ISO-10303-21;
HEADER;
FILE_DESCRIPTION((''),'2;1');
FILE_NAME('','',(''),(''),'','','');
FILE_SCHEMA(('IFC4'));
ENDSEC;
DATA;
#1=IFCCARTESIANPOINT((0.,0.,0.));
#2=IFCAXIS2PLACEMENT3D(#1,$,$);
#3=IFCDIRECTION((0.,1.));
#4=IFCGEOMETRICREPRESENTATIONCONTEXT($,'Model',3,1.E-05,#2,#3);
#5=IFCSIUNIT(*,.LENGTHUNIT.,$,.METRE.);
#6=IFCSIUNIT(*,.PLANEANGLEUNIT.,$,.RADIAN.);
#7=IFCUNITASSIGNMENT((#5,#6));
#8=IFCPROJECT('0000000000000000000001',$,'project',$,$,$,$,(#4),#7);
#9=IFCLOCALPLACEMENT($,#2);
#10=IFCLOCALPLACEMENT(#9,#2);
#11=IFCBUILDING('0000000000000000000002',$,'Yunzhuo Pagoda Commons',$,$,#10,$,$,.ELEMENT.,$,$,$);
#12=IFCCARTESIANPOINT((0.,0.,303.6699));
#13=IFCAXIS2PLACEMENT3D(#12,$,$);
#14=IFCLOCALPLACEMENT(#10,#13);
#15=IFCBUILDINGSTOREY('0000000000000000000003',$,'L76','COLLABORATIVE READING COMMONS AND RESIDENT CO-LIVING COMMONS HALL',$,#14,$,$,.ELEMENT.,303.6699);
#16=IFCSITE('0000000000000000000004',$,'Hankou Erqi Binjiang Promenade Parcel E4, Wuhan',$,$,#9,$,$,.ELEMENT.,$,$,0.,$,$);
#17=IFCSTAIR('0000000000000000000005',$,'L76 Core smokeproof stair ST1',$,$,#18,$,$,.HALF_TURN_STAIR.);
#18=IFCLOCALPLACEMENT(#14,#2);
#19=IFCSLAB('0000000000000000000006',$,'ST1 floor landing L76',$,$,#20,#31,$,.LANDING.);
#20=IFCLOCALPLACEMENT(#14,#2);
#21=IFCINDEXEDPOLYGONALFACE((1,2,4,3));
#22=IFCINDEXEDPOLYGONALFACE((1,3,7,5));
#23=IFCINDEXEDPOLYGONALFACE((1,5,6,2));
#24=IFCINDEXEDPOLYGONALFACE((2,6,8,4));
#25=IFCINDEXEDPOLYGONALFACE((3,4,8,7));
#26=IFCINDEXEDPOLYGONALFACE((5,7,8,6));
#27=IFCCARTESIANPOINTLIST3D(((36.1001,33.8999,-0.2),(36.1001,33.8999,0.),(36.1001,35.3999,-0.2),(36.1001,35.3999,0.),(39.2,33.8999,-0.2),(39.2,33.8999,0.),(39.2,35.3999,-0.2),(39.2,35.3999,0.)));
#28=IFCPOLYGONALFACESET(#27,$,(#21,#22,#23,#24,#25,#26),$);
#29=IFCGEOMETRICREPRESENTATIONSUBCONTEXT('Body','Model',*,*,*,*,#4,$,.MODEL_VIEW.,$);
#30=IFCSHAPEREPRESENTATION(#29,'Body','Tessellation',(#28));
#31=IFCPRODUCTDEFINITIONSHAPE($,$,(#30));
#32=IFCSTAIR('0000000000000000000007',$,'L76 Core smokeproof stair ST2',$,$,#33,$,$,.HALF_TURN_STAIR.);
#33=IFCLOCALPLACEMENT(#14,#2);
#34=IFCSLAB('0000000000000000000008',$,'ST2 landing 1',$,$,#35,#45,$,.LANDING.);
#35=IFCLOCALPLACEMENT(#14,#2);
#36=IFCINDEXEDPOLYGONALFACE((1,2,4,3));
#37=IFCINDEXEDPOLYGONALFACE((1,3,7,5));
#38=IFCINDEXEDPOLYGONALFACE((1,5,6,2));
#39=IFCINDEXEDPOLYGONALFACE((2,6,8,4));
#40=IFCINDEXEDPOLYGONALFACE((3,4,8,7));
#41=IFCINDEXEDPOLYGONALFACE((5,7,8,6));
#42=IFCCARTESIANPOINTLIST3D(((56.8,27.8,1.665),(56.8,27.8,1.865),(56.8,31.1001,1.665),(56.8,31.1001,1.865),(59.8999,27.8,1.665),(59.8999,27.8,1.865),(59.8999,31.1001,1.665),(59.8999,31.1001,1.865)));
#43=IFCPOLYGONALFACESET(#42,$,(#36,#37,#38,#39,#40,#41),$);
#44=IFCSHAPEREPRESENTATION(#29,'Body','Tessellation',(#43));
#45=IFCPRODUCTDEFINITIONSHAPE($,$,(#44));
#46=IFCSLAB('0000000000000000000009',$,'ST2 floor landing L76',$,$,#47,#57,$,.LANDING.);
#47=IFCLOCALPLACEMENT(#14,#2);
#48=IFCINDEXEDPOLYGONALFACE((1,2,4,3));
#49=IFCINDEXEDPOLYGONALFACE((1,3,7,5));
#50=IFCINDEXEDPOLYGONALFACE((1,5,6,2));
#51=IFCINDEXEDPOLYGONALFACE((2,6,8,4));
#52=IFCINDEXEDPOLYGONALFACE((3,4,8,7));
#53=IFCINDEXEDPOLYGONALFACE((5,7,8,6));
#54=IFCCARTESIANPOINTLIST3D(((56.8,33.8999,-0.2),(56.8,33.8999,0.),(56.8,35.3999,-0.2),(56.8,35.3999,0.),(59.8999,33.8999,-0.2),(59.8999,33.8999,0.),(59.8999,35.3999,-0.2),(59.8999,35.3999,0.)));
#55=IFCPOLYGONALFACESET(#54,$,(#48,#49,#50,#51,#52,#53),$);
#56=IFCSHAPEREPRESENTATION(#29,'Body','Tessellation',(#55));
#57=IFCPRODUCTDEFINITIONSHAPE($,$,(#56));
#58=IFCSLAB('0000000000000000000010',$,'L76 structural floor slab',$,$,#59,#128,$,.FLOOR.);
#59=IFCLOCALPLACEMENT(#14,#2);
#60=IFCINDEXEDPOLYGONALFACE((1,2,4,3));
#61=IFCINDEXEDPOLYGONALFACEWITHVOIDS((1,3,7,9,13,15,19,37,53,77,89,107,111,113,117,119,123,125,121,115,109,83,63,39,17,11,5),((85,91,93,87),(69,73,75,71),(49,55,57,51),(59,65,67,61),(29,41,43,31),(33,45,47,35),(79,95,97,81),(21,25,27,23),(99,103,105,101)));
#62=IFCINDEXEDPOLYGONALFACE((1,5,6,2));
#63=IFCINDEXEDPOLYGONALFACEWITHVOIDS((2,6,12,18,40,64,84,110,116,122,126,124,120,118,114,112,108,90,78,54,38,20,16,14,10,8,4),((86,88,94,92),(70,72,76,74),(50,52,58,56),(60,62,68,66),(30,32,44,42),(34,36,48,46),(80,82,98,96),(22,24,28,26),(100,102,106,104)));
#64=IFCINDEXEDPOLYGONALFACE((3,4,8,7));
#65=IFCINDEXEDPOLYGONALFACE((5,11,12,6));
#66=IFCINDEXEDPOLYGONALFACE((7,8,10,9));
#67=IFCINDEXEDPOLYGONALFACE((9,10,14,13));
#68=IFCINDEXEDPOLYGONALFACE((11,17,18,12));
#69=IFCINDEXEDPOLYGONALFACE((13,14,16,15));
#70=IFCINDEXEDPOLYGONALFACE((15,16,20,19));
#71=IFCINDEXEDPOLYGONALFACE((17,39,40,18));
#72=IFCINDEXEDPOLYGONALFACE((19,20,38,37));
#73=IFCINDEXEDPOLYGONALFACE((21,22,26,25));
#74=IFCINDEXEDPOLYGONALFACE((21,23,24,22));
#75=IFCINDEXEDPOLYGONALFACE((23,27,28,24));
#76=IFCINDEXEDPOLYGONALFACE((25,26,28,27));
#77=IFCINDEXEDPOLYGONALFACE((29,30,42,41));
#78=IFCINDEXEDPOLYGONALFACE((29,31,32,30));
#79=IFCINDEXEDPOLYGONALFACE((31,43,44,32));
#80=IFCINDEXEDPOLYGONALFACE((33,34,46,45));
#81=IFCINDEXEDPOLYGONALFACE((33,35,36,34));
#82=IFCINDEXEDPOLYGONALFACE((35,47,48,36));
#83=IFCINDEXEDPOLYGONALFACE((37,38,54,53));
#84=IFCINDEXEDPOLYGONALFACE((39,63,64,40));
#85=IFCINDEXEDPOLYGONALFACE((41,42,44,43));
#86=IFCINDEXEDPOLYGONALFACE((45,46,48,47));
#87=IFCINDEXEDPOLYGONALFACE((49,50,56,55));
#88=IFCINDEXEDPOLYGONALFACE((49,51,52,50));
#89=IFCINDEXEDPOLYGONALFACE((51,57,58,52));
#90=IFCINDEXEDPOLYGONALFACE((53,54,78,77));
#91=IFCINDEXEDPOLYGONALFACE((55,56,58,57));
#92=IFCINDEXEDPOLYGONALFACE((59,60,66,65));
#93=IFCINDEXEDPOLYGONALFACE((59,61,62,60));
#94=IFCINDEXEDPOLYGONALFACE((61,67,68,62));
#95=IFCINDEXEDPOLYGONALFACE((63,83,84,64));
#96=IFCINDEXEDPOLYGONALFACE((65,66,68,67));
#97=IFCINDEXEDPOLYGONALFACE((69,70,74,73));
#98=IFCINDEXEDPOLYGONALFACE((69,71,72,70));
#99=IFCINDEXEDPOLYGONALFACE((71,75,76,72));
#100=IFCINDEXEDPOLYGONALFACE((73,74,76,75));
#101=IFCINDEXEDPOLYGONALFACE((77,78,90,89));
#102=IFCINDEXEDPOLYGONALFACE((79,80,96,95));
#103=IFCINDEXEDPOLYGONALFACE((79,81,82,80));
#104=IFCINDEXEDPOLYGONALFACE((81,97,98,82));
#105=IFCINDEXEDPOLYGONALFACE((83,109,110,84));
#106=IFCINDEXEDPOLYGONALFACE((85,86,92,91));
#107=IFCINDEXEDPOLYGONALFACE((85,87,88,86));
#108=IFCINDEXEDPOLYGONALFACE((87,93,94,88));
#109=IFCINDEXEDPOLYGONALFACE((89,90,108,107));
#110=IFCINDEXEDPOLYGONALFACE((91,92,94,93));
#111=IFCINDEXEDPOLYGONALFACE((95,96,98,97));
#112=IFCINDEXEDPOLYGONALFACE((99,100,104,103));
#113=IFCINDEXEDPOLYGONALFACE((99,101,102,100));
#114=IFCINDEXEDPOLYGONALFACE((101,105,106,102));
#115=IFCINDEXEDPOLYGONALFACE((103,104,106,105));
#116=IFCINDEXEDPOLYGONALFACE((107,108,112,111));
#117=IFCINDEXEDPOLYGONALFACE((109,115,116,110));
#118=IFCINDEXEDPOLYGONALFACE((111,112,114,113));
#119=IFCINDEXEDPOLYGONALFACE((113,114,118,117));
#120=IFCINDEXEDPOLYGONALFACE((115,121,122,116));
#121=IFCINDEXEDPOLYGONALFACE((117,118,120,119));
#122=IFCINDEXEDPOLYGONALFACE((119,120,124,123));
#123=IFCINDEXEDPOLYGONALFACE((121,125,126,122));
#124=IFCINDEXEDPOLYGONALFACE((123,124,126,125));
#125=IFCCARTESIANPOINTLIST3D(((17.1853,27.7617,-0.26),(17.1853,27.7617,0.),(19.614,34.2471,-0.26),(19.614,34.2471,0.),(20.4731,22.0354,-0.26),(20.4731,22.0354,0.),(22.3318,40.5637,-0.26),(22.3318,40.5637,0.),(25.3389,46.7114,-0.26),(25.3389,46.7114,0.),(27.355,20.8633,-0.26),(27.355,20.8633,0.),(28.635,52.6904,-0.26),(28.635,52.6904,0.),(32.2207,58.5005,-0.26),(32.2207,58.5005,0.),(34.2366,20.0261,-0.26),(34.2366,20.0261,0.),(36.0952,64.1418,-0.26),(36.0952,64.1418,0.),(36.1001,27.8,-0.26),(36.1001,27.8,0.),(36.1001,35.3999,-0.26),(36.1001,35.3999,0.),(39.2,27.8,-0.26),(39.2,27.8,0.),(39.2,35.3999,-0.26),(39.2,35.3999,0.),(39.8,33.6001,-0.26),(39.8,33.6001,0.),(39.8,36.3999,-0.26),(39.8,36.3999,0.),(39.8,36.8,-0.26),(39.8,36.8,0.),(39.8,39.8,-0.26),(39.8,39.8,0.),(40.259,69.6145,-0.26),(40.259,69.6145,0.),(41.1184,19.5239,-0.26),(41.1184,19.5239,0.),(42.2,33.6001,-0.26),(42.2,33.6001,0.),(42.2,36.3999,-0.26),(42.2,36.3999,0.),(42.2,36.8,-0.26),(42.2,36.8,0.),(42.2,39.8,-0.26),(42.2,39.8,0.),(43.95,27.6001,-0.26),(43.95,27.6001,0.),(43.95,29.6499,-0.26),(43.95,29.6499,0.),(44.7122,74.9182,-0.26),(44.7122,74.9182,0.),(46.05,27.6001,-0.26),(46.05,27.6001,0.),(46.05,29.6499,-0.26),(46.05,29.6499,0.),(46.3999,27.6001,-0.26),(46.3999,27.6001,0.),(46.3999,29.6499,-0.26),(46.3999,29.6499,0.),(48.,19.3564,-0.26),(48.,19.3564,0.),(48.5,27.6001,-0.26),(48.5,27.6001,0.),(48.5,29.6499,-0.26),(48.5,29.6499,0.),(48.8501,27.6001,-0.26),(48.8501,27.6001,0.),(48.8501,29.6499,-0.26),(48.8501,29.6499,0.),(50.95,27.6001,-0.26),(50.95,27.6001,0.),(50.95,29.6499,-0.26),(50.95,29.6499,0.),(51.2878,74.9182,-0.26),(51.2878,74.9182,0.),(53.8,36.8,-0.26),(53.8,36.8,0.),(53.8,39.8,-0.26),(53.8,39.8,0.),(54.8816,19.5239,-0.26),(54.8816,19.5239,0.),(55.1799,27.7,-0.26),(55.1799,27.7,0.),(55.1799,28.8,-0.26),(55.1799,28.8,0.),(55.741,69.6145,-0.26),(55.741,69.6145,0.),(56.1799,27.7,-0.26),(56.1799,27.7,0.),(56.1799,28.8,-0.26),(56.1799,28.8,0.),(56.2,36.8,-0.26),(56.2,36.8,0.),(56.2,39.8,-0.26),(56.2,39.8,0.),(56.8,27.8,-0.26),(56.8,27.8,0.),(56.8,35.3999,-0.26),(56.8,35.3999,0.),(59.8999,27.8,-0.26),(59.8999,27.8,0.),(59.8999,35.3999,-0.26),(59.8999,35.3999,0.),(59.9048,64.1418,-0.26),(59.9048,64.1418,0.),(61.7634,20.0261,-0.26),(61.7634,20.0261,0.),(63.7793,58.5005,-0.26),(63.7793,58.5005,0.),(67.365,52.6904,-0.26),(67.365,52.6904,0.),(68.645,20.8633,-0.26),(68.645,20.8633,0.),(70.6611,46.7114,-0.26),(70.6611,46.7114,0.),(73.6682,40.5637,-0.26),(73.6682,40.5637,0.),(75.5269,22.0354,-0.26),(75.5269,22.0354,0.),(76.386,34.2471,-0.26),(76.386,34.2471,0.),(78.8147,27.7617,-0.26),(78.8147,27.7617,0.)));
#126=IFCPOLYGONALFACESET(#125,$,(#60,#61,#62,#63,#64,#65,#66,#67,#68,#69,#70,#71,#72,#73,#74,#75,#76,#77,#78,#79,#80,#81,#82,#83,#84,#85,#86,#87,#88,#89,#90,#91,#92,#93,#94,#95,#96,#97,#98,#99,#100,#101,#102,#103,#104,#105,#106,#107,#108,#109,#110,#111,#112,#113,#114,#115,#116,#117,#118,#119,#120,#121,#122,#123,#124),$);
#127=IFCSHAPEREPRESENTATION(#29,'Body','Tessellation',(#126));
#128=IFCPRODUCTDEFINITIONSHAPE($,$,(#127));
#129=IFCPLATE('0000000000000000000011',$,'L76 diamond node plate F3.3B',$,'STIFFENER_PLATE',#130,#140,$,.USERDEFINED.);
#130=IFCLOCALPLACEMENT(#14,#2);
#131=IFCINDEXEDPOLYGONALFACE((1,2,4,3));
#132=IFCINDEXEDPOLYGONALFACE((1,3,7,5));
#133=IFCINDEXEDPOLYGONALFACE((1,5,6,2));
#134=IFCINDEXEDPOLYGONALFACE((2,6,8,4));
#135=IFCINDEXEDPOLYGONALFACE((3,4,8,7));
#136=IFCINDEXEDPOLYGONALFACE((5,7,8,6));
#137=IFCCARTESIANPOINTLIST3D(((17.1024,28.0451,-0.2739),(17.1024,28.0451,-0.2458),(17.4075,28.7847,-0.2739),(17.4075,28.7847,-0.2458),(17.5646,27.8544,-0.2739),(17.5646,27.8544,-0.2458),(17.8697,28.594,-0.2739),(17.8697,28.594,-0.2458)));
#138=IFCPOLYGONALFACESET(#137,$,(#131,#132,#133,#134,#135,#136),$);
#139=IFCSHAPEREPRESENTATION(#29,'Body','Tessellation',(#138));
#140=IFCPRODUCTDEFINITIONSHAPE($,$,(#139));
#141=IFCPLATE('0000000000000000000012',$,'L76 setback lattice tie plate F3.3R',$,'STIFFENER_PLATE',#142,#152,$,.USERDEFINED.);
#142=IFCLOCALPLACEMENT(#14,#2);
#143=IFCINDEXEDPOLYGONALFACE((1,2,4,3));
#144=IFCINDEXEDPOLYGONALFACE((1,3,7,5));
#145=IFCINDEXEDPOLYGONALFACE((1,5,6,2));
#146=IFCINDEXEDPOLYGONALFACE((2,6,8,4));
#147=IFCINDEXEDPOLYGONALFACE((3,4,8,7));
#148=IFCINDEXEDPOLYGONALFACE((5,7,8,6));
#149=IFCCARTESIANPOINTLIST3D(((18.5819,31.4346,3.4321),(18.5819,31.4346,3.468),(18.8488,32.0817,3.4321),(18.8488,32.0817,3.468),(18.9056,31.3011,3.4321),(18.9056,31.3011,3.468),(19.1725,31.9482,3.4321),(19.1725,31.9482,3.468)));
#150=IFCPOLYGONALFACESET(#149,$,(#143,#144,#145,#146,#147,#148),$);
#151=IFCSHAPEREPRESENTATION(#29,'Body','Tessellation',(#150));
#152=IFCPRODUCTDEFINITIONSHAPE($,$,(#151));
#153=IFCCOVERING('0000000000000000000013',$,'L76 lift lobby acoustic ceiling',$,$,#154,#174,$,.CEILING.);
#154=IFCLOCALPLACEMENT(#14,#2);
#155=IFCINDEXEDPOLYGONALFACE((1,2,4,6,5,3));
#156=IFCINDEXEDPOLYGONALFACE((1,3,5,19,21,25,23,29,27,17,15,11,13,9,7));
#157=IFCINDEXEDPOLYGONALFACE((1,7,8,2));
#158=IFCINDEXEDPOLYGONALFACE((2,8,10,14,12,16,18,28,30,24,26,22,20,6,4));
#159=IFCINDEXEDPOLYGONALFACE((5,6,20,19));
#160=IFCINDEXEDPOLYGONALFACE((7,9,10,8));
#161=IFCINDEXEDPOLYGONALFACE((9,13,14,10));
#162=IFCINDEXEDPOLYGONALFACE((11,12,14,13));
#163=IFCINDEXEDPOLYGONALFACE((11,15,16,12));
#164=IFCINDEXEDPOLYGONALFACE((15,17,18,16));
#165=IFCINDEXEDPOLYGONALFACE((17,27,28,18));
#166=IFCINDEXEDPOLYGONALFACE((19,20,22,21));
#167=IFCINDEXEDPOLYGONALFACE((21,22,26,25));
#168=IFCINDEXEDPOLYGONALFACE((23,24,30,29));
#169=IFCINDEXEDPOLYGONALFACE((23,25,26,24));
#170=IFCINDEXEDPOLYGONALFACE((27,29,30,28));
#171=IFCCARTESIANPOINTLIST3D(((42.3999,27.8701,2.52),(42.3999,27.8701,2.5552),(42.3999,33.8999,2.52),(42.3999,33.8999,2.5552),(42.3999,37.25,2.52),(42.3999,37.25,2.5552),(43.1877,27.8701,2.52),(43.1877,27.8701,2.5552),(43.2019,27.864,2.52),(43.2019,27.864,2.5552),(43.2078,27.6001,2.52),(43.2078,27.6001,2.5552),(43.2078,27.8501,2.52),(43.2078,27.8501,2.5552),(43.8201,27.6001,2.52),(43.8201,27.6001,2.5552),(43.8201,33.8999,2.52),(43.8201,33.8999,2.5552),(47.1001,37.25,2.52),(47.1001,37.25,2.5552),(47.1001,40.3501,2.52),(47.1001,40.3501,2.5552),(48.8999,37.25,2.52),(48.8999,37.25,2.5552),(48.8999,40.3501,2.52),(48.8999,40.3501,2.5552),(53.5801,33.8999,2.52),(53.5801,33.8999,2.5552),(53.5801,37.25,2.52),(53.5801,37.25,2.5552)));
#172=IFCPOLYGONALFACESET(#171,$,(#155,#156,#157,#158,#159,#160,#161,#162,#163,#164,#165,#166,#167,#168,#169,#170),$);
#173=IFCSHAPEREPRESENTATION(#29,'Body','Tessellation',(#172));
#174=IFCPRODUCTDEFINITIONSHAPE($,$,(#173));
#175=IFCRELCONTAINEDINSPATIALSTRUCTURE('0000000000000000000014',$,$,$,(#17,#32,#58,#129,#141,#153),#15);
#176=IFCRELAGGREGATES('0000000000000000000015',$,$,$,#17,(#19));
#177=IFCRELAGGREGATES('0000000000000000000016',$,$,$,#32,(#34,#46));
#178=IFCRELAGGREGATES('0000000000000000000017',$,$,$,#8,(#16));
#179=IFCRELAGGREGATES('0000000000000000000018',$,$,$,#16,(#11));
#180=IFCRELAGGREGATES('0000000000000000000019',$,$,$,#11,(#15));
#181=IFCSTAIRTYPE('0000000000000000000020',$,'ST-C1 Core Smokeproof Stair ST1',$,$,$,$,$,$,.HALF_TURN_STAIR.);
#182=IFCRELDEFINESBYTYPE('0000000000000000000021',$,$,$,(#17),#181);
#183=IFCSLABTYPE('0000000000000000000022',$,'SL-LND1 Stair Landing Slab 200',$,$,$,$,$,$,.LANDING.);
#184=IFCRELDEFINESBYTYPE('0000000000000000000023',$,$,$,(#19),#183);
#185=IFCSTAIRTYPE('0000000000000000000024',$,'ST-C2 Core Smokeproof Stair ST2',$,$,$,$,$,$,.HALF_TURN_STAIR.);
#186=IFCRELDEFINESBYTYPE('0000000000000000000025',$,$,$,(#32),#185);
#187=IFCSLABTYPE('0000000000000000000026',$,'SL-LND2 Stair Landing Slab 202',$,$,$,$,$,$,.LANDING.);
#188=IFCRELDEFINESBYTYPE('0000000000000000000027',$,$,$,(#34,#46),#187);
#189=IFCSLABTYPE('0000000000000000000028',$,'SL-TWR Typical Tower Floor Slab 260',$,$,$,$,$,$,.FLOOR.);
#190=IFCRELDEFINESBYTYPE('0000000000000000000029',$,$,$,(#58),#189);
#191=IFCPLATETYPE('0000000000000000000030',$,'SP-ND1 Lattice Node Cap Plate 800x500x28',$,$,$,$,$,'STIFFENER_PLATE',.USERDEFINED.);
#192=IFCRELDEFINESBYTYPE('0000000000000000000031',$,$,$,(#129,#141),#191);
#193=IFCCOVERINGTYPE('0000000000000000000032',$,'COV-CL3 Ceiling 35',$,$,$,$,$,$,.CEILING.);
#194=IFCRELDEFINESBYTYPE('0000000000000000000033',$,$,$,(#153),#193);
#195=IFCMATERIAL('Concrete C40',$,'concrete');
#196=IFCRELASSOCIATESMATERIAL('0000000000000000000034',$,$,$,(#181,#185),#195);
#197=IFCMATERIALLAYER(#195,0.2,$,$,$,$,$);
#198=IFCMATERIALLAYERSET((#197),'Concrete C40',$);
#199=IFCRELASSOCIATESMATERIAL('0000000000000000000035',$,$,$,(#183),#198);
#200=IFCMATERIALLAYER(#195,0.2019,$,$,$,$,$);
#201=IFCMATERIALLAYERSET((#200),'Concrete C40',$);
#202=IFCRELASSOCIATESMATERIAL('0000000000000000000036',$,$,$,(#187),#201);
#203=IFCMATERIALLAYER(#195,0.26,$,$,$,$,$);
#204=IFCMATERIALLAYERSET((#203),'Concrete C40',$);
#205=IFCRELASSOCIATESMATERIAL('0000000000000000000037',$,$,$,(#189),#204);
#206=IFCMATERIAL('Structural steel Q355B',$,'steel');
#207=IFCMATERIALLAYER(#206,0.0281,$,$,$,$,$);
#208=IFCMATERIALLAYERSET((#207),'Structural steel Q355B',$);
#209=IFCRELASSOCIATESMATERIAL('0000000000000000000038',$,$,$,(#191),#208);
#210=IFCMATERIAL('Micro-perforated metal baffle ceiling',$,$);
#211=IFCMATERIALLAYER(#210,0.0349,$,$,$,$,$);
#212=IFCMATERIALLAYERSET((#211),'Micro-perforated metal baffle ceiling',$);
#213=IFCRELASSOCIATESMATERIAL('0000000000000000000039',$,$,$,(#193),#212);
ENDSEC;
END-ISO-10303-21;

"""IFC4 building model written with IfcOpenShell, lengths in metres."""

from ifc_helpers import new_model, si_unit, direction, frame, origin, origin_2d, place, context, subcontext, project, spatial, polyline, rectangle, outline, extrude, source, transform, mapped, material, layer, layer_set, type_object, element, aggregate, save


model = new_model("IFC4")

# Units and contexts
model_context = context("Model", 3, precision=1e-05, world=origin(), true_north=direction((0.0, 1.0)))
body_context = subcontext(model_context, "Body", "Model", "MODEL_VIEW")
ifc_project = project(units=[si_unit("LENGTHUNIT", "METRE"), si_unit("PLANEANGLEUNIT", "RADIAN")], contexts=[model_context])

# Site, building, storey
site_placement = place(None, origin())
site = spatial("IfcSite", under=ifc_project, at=site_placement, Name="Hankou Erqi Binjiang Promenade Parcel E4, Wuhan", CompositionType="ELEMENT", RefElevation=0.0)
building_placement = place(site_placement, origin())
building = spatial("IfcBuilding", under=site, at=building_placement, Name="Yunzhuo Pagoda Commons", CompositionType="ELEMENT")
storey_placement = place(building_placement, frame((0.0, 0.0, 303.6699)))
storey = spatial("IfcBuildingStorey", under=building, at=storey_placement, Name="L76", Description="COLLABORATIVE READING COMMONS AND RESIDENT CO-LIVING COMMONS HALL", CompositionType="ELEMENT", Elevation=303.6699)

# Shared definitions
ifc_material_1 = material(Name="Structural steel Q355B", Category="steel")

# Shared definitions
ifc_material_2 = material(Name="Concrete C40", Category="concrete")

# Stairs, slabs
stair_type_1 = type_object("IfcStairType", Name="ST-C1 Core Smokeproof Stair ST1", PredefinedType="HALF_TURN_STAIR", material=ifc_material_2)
stair_1_placement = place(storey_placement, origin())
stair_1 = element("IfcStair", 1, at=stair_1_placement, inside=storey, type_object=stair_type_1, Name="L76 Core smokeproof stair ST1", PredefinedType="HALF_TURN_STAIR")
ifc_layer_1 = layer(ifc_material_2, 0.2)
ifc_layer_set_1 = layer_set([ifc_layer_1], Name="Concrete C40")
slab_type_1 = type_object("IfcSlabType", Name="SL-LND1 Stair Landing Slab 200", PredefinedType="LANDING", material=ifc_layer_set_1)
slab_1_placement = place(storey_placement, frame((0.0, 0.0, -0.2)))
slab_1 = element("IfcSlab", 2, at=slab_1_placement, type_object=slab_type_1, Name="ST1 floor landing L76", PredefinedType="LANDING", context=body_context, shape_type="SweptSolid", body=[
    extrude(outline(polyline([(36.1001, 35.3999), (36.1001, 33.8999), (39.2, 33.8999), (39.2, 35.3999), (36.1001, 35.3999)])), origin(), (0.0, 0.0, 1.0), 0.2),
])
aggregate(stair_1, [slab_1])
stair_type_2 = type_object("IfcStairType", Name="ST-C2 Core Smokeproof Stair ST2", PredefinedType="HALF_TURN_STAIR", material=ifc_material_2)
stair_2_placement = place(storey_placement, origin())
stair_2 = element("IfcStair", 3, at=stair_2_placement, inside=storey, type_object=stair_type_2, Name="L76 Core smokeproof stair ST2", PredefinedType="HALF_TURN_STAIR")
ifc_layer_2 = layer(ifc_material_2, 0.2019)
ifc_layer_set_2 = layer_set([ifc_layer_2], Name="Concrete C40")
slab_type_2 = type_object("IfcSlabType", Name="SL-LND2 Stair Landing Slab 202", PredefinedType="LANDING", material=ifc_layer_set_2)
slab_2_placement = place(storey_placement, frame((0.0, 0.0, 1.665)))
slab_2 = element("IfcSlab", 4, at=slab_2_placement, type_object=slab_type_2, Name="ST2 landing 1", PredefinedType="LANDING", context=body_context, shape_type="SweptSolid", body=[
    extrude(outline(polyline([(56.8, 31.1001), (56.8, 27.8), (59.8999, 27.8), (59.8999, 31.1001), (56.8, 31.1001)])), origin(), (0.0, 0.0, 1.0), 0.2),
])
slab_3_placement = place(storey_placement, frame((0.0, 0.0, -0.2)))
slab_3 = element("IfcSlab", 5, at=slab_3_placement, type_object=slab_type_2, Name="ST2 floor landing L76", PredefinedType="LANDING", context=body_context, shape_type="SweptSolid", body=[
    extrude(outline(polyline([(56.8, 35.3999), (56.8, 33.8999), (59.8999, 33.8999), (59.8999, 35.3999), (56.8, 35.3999)])), origin(), (0.0, 0.0, 1.0), 0.2),
])
aggregate(stair_2, [slab_2, slab_3])

# Slab
ifc_layer_3 = layer(ifc_material_2, 0.26)
ifc_layer_set_3 = layer_set([ifc_layer_3], Name="Concrete C40")
slab_type_3 = type_object("IfcSlabType", Name="SL-TWR Typical Tower Floor Slab 260", PredefinedType="FLOOR", material=ifc_layer_set_3)
slab_4_placement = place(storey_placement, frame((0.0, 0.0, -0.26)))
element("IfcSlab", 6, at=slab_4_placement, inside=storey, type_object=slab_type_3, Name="L76 structural floor slab", PredefinedType="FLOOR", context=body_context, shape_type="SweptSolid", body=[
    extrude(outline(polyline([(19.614, 34.2471), (22.3318, 40.5637), (25.3389, 46.7114), (28.635, 52.6904), (32.2207, 58.5005), (36.0952, 64.1418), (40.259, 69.6145), (44.7122, 74.9182), (51.2878, 74.9182), (55.741, 69.6145), (59.9048, 64.1418), (63.7793, 58.5005), (67.365, 52.6904), (70.6611, 46.7114), (73.6682, 40.5637), (76.386, 34.2471), (78.8147, 27.7617), (75.5269, 22.0354), (68.645, 20.8633), (61.7634, 20.0261), (54.8816, 19.5239), (48.0, 19.3564), (41.1184, 19.5239), (34.2366, 20.0261), (27.355, 20.8633), (20.4731, 22.0354), (17.1853, 27.7617), (19.614, 34.2471)]), holes=[polyline([(56.1799, 28.8), (55.1799, 28.8), (55.1799, 27.7), (56.1799, 27.7), (56.1799, 28.8)]), polyline([(46.05, 29.6499), (43.95, 29.6499), (43.95, 27.6001), (46.05, 27.6001), (46.05, 29.6499)]), polyline([(48.5, 29.6499), (46.3999, 29.6499), (46.3999, 27.6001), (48.5, 27.6001), (48.5, 29.6499)]), polyline([(50.95, 29.6499), (48.8501, 29.6499), (48.8501, 27.6001), (50.95, 27.6001), (50.95, 29.6499)]), polyline([(39.2, 27.8), (39.2, 35.3999), (36.1001, 35.3999), (36.1001, 27.8), (39.2, 27.8)]), polyline([(59.8999, 27.8), (59.8999, 35.3999), (56.8, 35.3999), (56.8, 27.8), (59.8999, 27.8)]), polyline([(42.2, 36.3999), (39.8, 36.3999), (39.8, 33.6001), (42.2, 33.6001), (42.2, 36.3999)]), polyline([(42.2, 36.8), (42.2, 39.8), (39.8, 39.8), (39.8, 36.8), (42.2, 36.8)]), polyline([(56.2, 36.8), (56.2, 39.8), (53.8, 39.8), (53.8, 36.8), (56.2, 36.8)])]), origin(), (0.0, 0.0, 1.0), 0.26),
])

# Plates
ifc_layer_4 = layer(ifc_material_1, 0.0281)
ifc_layer_set_4 = layer_set([ifc_layer_4], Name="Structural steel Q355B")
plate_type_1 = type_object("IfcPlateType", Name="SP-ND1 Lattice Node Cap Plate 800x500x28", ElementType="STIFFENER_PLATE", PredefinedType="USERDEFINED", material=ifc_layer_set_4)
shared_shape_1 = source(origin(), body_context, "Body", "SweptSolid", [
    extrude(rectangle(XDim=0.8, YDim=0.5, at=origin_2d()), origin(), (0.0, 0.0, 1.0), 0.0281),
])
plate_1_placement = place(storey_placement, frame((17.4861, 28.3196, -0.2739), z_axis=(0.0, 0.0, 1.0), x_axis=(-0.381345, -0.924433, 0.0)))
element("IfcPlate", 7, at=plate_1_placement, inside=storey, type_object=plate_type_1, Name="L76 diamond node plate F3.3B", ObjectType="STIFFENER_PLATE", PredefinedType="USERDEFINED", context=body_context, shape_type="MappedRepresentation", body=[
    mapped(shared_shape_1, transform((0.0, 0.0, 0.0), scale=1.0)),
])
shared_shape_2 = source(origin(), body_context, "Body", "SweptSolid", [
    extrude(rectangle(XDim=0.7, YDim=0.3501, at=origin_2d()), origin(), (0.0, 0.0, 1.0), 0.0359),
])
plate_2_placement = place(storey_placement, frame((18.8772, 31.6914, 3.4321), z_axis=(0.0, 0.0, 1.0), x_axis=(-0.381345, -0.924433, 0.0)))
element("IfcPlate", 8, at=plate_2_placement, inside=storey, type_object=plate_type_1, Name="L76 setback lattice tie plate F3.3R", ObjectType="STIFFENER_PLATE", PredefinedType="USERDEFINED", context=body_context, shape_type="MappedRepresentation", body=[
    mapped(shared_shape_2, transform((0.0, 0.0, 0.0), scale=1.0)),
])

# Covering
ifc_material_3 = material(Name="Micro-perforated metal baffle ceiling")
ifc_layer_5 = layer(ifc_material_3, 0.0349)
ifc_layer_set_5 = layer_set([ifc_layer_5], Name="Micro-perforated metal baffle ceiling")
covering_type_1 = type_object("IfcCoveringType", Name="COV-CL3 Ceiling 35", PredefinedType="CEILING", material=ifc_layer_set_5)
covering_1_placement = place(storey_placement, frame((0.0, 0.0, 2.52)))
element("IfcCovering", 9, at=covering_1_placement, inside=storey, type_object=covering_type_1, Name="L76 lift lobby acoustic ceiling", PredefinedType="CEILING", context=body_context, shape_type="SweptSolid", body=[
    extrude(outline(polyline([(43.2078, 27.8501), (43.2019, 27.864), (43.1877, 27.8701), (42.3999, 27.8701), (42.3999, 33.8999), (42.3999, 37.25), (47.1001, 37.25), (47.1001, 40.3501), (48.8999, 40.3501), (48.8999, 37.25), (53.5801, 37.25), (53.5801, 33.8999), (43.8201, 33.8999), (43.8201, 27.6001), (43.2078, 27.6001), (43.2078, 27.8501)])), origin(), (0.0, 0.0, 1.0), 0.0352),
])

save(model, "model.ifc")
